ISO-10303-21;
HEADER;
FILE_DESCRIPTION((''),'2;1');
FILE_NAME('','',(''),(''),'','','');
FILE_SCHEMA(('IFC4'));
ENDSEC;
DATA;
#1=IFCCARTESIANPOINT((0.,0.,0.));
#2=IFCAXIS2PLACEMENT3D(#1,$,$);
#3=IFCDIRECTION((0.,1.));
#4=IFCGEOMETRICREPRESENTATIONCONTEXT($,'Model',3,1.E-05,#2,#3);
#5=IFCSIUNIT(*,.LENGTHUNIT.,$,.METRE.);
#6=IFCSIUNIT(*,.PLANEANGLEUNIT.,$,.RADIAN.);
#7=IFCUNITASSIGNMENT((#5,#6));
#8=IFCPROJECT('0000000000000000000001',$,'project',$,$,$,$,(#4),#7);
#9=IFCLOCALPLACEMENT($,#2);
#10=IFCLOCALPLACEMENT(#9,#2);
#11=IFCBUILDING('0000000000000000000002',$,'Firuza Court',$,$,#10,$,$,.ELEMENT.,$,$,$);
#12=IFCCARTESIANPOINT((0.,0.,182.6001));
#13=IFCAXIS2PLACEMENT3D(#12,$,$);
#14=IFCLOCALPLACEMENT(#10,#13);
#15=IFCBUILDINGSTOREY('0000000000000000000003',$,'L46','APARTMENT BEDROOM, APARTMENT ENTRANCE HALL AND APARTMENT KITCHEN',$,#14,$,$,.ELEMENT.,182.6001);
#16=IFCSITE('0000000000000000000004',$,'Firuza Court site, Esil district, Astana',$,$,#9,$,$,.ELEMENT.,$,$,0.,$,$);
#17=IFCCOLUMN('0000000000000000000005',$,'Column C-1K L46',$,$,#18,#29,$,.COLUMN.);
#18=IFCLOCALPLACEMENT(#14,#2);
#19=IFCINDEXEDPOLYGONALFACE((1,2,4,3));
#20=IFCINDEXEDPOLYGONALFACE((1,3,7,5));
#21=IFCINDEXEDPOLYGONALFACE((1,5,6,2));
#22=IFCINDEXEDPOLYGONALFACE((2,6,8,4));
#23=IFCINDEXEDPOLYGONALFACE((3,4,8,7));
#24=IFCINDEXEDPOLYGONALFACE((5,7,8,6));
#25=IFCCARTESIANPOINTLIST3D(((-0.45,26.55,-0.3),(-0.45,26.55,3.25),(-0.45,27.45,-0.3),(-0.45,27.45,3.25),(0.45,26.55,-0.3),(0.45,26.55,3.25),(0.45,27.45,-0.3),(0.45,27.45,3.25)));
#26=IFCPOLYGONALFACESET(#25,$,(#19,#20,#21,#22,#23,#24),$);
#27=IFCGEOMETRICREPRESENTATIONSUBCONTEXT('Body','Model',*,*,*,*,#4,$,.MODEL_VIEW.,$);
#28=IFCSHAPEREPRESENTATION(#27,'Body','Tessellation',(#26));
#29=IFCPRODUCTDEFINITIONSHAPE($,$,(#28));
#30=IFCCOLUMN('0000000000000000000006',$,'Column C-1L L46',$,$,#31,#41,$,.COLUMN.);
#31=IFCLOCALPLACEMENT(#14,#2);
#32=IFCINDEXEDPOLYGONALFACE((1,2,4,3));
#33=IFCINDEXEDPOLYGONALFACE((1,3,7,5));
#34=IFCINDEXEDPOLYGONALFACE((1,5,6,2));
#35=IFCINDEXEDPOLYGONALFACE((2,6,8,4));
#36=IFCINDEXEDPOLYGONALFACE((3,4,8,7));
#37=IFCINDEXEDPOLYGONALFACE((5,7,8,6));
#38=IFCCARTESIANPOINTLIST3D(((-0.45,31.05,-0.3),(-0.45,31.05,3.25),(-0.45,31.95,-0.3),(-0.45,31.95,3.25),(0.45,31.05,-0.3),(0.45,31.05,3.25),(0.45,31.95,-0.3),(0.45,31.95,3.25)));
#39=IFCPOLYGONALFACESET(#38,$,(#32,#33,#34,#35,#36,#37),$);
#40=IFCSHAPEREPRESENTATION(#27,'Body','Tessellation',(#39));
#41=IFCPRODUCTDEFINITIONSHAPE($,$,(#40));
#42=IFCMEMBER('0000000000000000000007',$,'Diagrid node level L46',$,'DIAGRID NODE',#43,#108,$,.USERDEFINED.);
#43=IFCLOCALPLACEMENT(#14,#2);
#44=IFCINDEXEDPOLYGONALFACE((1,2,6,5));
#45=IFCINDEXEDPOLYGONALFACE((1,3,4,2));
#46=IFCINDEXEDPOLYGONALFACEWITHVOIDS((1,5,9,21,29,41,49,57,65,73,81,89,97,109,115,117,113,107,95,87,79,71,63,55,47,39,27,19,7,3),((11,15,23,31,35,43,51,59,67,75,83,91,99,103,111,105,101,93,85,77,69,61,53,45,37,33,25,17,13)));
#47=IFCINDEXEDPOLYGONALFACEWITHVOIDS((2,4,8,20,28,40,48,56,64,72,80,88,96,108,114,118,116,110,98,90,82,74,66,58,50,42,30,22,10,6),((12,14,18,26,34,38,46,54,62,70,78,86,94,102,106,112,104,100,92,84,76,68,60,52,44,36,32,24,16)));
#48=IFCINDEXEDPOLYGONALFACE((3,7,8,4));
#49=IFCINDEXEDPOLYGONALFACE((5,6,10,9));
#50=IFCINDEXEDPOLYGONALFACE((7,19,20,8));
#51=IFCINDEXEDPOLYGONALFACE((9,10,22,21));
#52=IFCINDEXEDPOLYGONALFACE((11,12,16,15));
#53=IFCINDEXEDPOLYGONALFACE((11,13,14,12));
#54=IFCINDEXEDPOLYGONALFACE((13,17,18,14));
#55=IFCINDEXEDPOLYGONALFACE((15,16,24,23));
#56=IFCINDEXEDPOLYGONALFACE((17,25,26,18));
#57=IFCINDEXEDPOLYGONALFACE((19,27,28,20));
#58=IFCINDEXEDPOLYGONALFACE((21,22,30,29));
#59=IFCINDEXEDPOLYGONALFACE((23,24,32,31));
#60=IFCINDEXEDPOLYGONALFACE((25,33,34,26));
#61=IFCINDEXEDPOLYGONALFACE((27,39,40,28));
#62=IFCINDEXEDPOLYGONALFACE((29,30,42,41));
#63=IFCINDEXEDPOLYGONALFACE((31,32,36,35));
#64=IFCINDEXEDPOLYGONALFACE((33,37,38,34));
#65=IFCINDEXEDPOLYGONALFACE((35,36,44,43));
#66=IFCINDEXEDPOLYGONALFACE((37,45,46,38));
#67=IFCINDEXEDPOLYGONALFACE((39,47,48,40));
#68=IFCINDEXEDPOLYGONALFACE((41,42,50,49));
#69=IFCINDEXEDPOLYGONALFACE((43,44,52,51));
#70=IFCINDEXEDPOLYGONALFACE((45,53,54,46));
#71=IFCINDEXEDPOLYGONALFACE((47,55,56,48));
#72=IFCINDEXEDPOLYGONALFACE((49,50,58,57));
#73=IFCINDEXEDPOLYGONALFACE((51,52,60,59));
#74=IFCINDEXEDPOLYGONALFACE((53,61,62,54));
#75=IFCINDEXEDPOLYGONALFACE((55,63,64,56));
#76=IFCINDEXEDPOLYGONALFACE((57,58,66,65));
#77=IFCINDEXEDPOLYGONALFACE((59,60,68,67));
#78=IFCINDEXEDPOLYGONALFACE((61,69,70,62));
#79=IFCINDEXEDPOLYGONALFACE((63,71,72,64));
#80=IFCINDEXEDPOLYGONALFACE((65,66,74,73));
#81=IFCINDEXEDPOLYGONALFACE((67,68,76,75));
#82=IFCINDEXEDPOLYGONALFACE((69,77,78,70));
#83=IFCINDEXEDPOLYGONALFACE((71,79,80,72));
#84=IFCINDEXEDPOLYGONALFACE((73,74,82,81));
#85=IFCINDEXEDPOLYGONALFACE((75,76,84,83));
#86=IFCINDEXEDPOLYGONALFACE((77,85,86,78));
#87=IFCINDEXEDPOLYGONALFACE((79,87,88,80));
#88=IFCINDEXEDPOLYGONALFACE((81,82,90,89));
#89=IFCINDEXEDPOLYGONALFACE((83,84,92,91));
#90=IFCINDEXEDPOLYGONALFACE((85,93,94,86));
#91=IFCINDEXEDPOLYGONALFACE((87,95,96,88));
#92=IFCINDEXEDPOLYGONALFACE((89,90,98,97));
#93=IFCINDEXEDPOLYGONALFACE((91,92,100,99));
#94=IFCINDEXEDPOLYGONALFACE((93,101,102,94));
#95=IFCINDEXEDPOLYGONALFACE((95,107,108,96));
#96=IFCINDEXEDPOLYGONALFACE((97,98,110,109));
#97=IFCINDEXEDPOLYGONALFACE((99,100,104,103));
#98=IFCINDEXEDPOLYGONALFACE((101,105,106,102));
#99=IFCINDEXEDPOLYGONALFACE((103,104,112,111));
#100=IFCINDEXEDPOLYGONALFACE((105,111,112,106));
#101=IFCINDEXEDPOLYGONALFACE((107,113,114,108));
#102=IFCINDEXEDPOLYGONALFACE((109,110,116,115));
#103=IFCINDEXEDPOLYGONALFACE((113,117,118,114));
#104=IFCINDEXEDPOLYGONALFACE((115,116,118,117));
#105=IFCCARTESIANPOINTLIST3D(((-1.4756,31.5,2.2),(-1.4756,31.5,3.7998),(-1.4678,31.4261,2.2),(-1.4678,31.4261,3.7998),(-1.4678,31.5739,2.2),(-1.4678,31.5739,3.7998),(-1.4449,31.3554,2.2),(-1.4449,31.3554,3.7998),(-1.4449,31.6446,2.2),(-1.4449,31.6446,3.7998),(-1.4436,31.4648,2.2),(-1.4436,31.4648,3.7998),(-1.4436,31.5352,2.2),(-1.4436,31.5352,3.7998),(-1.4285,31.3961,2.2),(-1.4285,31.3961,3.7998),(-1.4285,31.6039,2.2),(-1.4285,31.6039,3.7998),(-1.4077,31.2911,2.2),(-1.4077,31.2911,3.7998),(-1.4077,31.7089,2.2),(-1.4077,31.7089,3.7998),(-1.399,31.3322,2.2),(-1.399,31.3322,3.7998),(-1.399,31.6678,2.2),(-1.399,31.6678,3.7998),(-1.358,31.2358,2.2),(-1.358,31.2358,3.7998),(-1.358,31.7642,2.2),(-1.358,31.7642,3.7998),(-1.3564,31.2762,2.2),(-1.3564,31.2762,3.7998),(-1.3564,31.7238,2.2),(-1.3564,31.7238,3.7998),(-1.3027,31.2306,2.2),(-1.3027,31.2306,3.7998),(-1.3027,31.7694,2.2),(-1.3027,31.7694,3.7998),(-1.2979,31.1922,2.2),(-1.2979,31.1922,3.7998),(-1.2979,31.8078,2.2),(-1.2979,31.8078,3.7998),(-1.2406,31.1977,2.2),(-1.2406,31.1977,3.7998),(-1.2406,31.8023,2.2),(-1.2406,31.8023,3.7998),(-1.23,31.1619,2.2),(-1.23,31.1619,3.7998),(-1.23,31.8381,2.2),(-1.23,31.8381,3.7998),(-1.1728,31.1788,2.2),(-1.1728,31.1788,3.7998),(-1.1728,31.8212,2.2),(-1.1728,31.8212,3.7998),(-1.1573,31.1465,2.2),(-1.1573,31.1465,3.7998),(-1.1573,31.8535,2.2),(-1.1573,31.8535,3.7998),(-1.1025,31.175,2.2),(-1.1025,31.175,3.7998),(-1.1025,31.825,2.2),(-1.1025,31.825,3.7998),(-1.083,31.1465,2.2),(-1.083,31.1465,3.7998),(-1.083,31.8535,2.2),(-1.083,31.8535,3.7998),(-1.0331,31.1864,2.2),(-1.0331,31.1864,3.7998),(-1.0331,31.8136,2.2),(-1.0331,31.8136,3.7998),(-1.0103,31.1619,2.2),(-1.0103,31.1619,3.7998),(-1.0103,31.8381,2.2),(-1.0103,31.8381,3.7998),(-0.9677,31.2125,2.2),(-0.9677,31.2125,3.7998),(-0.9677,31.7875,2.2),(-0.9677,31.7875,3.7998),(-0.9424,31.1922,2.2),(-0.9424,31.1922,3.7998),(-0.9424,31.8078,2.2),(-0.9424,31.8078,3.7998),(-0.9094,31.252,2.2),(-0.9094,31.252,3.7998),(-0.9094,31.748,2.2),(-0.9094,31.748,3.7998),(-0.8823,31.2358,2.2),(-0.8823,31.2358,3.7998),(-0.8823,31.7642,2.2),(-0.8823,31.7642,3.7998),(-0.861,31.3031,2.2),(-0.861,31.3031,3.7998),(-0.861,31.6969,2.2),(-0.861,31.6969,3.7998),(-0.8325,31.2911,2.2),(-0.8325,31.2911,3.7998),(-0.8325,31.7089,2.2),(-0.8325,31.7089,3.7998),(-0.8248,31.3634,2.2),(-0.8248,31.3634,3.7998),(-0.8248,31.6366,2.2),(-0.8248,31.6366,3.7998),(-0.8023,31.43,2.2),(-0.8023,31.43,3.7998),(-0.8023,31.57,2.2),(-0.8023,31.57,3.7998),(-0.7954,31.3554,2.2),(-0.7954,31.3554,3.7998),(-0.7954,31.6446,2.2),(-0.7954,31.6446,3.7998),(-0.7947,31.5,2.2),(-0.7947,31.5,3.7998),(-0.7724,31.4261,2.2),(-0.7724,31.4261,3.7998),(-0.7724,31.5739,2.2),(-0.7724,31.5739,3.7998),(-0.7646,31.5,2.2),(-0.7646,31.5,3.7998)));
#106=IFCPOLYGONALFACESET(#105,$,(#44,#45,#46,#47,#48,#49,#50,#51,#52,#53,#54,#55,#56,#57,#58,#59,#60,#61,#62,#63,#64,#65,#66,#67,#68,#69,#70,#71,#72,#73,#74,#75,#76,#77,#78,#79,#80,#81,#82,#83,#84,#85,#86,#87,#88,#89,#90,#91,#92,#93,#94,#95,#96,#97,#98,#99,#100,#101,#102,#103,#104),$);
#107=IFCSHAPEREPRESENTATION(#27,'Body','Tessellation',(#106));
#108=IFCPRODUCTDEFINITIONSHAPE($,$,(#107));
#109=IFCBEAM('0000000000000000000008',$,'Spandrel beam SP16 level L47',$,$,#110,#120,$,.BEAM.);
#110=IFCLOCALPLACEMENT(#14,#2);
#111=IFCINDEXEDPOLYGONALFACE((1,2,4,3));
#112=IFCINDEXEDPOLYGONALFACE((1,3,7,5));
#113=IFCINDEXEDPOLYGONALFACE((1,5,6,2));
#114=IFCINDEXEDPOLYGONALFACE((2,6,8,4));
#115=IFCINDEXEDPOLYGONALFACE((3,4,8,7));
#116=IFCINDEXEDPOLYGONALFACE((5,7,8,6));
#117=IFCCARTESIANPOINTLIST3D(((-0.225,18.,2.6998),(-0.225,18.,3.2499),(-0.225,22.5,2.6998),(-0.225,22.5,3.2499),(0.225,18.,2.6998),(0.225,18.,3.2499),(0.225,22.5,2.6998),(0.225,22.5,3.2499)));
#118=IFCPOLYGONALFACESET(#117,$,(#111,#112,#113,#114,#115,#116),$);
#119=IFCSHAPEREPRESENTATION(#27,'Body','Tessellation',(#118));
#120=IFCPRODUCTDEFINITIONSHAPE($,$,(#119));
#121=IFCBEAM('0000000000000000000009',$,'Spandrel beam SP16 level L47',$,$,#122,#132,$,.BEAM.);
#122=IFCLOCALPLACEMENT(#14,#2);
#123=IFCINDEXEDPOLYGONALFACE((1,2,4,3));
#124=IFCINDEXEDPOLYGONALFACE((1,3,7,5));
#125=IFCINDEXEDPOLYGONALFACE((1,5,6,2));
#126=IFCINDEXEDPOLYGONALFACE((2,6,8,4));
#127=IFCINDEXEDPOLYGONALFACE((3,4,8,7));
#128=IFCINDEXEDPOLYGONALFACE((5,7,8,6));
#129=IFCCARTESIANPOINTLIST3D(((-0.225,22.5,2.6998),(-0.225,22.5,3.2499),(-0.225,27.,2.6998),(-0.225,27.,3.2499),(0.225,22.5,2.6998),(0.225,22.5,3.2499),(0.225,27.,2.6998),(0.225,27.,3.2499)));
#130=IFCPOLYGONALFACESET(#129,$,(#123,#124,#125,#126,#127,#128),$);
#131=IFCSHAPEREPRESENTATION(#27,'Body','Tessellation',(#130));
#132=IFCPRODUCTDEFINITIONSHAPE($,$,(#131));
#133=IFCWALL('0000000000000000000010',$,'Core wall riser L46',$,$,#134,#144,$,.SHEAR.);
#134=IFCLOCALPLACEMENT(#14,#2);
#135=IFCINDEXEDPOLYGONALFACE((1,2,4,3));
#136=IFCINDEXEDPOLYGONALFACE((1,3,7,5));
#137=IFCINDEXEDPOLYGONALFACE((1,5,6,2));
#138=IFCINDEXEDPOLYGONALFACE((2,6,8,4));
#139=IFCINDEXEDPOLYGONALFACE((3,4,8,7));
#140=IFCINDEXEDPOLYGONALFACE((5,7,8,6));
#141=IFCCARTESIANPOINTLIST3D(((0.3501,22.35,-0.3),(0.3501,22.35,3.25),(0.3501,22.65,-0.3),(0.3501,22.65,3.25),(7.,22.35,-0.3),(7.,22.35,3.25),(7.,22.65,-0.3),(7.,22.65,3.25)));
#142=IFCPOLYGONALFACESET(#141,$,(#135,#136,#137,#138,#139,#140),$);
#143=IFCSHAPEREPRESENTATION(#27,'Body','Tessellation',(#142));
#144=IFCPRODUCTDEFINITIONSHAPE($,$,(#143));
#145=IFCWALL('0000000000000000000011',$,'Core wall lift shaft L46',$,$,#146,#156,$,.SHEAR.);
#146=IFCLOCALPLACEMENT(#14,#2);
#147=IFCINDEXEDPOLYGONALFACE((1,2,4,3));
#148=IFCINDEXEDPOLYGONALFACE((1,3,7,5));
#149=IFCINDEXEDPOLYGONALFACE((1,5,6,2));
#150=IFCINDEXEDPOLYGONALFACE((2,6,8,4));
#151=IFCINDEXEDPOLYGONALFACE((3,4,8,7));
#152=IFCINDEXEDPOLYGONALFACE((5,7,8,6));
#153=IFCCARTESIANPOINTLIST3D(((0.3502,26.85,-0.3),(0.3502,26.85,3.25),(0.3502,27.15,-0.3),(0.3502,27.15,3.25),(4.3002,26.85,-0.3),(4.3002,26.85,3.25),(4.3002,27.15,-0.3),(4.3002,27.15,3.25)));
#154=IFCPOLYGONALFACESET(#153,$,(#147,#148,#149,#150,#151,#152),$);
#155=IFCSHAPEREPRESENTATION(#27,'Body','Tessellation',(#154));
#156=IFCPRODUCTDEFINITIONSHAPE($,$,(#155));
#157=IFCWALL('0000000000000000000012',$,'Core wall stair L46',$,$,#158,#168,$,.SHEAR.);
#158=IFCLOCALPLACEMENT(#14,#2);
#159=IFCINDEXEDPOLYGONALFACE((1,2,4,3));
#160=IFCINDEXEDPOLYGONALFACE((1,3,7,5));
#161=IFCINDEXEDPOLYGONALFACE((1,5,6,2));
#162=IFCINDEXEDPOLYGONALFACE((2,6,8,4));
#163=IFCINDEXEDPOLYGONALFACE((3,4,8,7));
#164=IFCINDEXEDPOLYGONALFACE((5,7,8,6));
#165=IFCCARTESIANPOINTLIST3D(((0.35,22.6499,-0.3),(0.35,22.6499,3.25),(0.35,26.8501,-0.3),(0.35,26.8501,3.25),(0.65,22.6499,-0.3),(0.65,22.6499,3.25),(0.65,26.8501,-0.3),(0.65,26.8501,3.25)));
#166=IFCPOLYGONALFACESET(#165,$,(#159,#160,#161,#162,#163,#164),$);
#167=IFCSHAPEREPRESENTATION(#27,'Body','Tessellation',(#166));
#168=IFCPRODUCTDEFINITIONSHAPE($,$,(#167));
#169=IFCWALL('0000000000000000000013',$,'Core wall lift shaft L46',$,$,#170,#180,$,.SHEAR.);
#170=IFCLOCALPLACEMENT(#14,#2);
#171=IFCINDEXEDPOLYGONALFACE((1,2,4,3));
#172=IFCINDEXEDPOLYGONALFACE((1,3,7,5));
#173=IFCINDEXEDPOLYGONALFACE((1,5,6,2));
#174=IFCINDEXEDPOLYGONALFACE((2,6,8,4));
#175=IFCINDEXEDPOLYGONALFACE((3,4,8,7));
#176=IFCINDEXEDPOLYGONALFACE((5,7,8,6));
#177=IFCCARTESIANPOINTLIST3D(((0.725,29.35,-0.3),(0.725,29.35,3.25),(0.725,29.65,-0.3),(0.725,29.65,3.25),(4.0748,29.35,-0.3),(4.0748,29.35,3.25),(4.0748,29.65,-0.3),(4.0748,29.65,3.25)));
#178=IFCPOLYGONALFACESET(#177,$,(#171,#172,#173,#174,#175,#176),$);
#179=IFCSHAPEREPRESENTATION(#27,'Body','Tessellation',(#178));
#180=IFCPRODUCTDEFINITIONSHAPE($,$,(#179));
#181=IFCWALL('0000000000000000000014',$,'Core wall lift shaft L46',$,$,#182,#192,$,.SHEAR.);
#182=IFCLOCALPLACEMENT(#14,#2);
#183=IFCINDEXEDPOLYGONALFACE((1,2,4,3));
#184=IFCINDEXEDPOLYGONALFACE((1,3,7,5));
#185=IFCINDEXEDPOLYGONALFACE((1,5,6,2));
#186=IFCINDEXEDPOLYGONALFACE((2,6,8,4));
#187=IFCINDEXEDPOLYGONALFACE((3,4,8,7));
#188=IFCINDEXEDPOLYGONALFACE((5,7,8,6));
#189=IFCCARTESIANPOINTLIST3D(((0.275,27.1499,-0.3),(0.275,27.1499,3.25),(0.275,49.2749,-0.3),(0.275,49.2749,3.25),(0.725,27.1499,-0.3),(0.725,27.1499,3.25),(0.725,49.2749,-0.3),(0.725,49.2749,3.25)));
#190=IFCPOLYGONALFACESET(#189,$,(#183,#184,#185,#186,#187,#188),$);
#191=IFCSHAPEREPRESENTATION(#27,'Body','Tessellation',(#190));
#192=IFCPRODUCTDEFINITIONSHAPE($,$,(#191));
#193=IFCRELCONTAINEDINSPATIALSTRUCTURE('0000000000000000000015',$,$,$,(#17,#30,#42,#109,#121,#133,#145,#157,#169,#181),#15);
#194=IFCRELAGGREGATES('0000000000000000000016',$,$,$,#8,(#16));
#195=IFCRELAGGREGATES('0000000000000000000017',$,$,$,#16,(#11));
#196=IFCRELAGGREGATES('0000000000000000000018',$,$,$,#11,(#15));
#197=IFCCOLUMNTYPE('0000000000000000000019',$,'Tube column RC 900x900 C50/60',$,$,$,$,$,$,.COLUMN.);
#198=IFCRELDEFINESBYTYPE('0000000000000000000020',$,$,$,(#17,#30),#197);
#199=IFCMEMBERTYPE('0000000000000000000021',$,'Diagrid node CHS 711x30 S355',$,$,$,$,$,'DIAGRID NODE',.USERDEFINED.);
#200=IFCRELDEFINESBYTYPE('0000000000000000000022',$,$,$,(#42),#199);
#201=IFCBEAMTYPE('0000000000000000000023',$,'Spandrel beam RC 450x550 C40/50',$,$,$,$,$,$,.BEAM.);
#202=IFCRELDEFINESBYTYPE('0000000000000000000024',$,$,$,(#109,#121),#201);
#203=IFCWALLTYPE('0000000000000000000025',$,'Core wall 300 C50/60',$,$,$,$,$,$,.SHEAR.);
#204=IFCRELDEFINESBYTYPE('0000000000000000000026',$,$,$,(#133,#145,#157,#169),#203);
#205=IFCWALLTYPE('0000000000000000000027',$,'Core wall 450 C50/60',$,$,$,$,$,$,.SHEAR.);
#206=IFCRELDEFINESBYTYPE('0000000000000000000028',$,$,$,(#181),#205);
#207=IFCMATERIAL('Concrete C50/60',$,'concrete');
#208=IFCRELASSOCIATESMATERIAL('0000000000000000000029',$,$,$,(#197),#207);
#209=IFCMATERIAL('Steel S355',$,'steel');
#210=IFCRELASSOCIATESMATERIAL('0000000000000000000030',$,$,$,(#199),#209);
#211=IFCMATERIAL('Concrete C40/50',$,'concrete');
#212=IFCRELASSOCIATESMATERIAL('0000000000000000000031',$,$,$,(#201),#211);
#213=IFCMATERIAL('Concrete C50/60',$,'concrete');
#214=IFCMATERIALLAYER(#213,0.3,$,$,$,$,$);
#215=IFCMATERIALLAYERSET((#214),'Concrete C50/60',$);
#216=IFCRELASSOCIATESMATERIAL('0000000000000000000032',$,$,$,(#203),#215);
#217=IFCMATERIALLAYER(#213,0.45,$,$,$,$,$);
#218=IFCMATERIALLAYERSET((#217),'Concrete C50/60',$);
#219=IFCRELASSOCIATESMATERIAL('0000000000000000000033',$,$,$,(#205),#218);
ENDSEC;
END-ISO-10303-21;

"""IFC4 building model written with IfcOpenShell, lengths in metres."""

from ifc_helpers import new_model, si_unit, direction, frame, frame_2d, origin, origin_2d, place, context, subcontext, project, spatial, rectangle, hollow_circle, extrude, material, layer, layer_set, material_profile, profile_set, type_object, element, save


model = new_model("IFC4")

# Units and contexts
model_context = context("Model", 3, precision=1e-05, world=origin(), true_north=direction((0.0, 1.0)))
body_context = subcontext(model_context, "Body", "Model", "MODEL_VIEW")
ifc_project = project(units=[si_unit("LENGTHUNIT", "METRE"), si_unit("PLANEANGLEUNIT", "RADIAN")], contexts=[model_context])

# Site, building, storey
site_placement = place(None, origin())
site = spatial("IfcSite", under=ifc_project, at=site_placement, Name="Firuza Court site, Esil district, Astana", CompositionType="ELEMENT", RefElevation=0.0)
building_placement = place(site_placement, origin())
building = spatial("IfcBuilding", under=site, at=building_placement, Name="Firuza Court", CompositionType="ELEMENT")
storey_placement = place(building_placement, frame((0.0, 0.0, 182.6001)))
storey = spatial("IfcBuildingStorey", under=building, at=storey_placement, Name="L46", Description="APARTMENT BEDROOM, APARTMENT ENTRANCE HALL AND APARTMENT KITCHEN", CompositionType="ELEMENT", Elevation=182.6001)

# Columns
ifc_material_1 = material(Name="Concrete C50/60", Category="concrete")
ifc_material_profile_1 = material_profile(ifc_material_1, rectangle(XDim=0.8999, YDim=0.8999, at=origin_2d()), Name="RC 900x900")
ifc_profile_set_1 = profile_set([ifc_material_profile_1], Name="Concrete C50/60")
column_type = type_object("IfcColumnType", Name="Tube column RC 900x900 C50/60", PredefinedType="COLUMN", material=ifc_profile_set_1)
for number, where, z_axis, x_axis, name in (
    (1, (0.0, 27.0, -0.3), (0.0, 0.0, 1.0), (1.0, 0.0, 0.0), "Column C-1K L46"),
    (2, (0.0, 31.5, -0.3), (0.0, 0.0, 1.0), (1.0, 0.0, 0.0), "Column C-1L L46"),
):
    element("IfcColumn", number, at=place(storey_placement, frame(where, z_axis=z_axis, x_axis=x_axis)), inside=storey, type_object=column_type, Name=name, PredefinedType="COLUMN", context=body_context, shape_type="SweptSolid", body=[
        extrude(rectangle(XDim=0.8999, YDim=0.8999, at=origin_2d()), origin(), (0.0, 0.0, 1.0), 3.55),
    ])

# Member
ifc_material_2 = material(Name="Steel S355", Category="steel")
ifc_material_profile_2 = material_profile(ifc_material_2, hollow_circle(Radius=0.3555, WallThickness=0.03, at=origin_2d()), Name="CHS 711x30")
ifc_profile_set_2 = profile_set([ifc_material_profile_2], Name="Steel S355")
member_type = type_object("IfcMemberType", Name="Diagrid node CHS 711x30 S355", ElementType="DIAGRID NODE", PredefinedType="USERDEFINED", material=ifc_profile_set_2)
member_placement = place(storey_placement, frame((-1.1201, 31.5, 2.2), z_axis=(0.0, 0.0, 1.0), x_axis=(1.0, 0.0, 0.0)))
element("IfcMember", 3, at=member_placement, inside=storey, type_object=member_type, Name="Diagrid node level L46", ObjectType="DIAGRID NODE", PredefinedType="USERDEFINED", context=body_context, shape_type="SweptSolid", body=[
    extrude(hollow_circle(Radius=0.3555, WallThickness=0.03, at=origin_2d()), origin(), (0.0, 0.0, 1.0), 1.5999),
])

# Beams
ifc_material_3 = material(Name="Concrete C40/50", Category="concrete")
ifc_material_profile_3 = material_profile(ifc_material_3, rectangle(XDim=0.45, YDim=0.55, at=origin_2d()), Name="RC 450x550")
ifc_profile_set_3 = profile_set([ifc_material_profile_3], Name="Concrete C40/50")
beam_type = type_object("IfcBeamType", Name="Spandrel beam RC 450x550 C40/50", PredefinedType="BEAM", material=ifc_profile_set_3)
for number, where, z_axis, x_axis, name in (
    (4, (0.0, 22.5, 2.9749), (0.0, -1.0, 0.0), (1.0, 0.0, 0.0), "Spandrel beam SP16 level L47"),
    (5, (0.0, 27.0, 2.9749), (0.0, -1.0, 0.0), (1.0, 0.0, 0.0), "Spandrel beam SP16 level L47"),
):
    element("IfcBeam", number, at=place(storey_placement, frame(where, z_axis=z_axis, x_axis=x_axis)), inside=storey, type_object=beam_type, Name=name, PredefinedType="BEAM", context=body_context, shape_type="SweptSolid", body=[
        extrude(rectangle(XDim=0.45, YDim=0.55, at=origin_2d()), origin(), (0.0, 0.0, 1.0), 4.5),
    ])

# Walls
ifc_material_4 = material(Name="Concrete C50/60", Category="concrete")
ifc_layer_1 = layer(ifc_material_4, 0.3)
ifc_layer_set_1 = layer_set([ifc_layer_1], Name="Concrete C50/60")
wall_type_1 = type_object("IfcWallType", Name="Core wall 300 C50/60", PredefinedType="SHEAR", material=ifc_layer_set_1)
wall_1_placement = place(storey_placement, frame((0.3501, 22.5, -0.3), z_axis=(0.0, 0.0, 1.0), x_axis=(1.0, 0.0, 0.0)))
element("IfcWall", 6, at=wall_1_placement, inside=storey, type_object=wall_type_1, Name="Core wall riser L46", PredefinedType="SHEAR", context=body_context, shape_type="SweptSolid", body=[
    extrude(rectangle(XDim=6.6499, YDim=0.3, at=frame_2d((3.325, 0.0))), origin(), (0.0, 0.0, 1.0), 3.55),
])
wall_2_placement = place(storey_placement, frame((0.3501, 27.0, -0.3), z_axis=(0.0, 0.0, 1.0), x_axis=(1.0, 0.0, 0.0)))
element("IfcWall", 7, at=wall_2_placement, inside=storey, type_object=wall_type_1, Name="Core wall lift shaft L46", PredefinedType="SHEAR", context=body_context, shape_type="SweptSolid", body=[
    extrude(rectangle(XDim=3.95, YDim=0.3, at=frame_2d((1.9751, 0.0))), origin(), (0.0, 0.0, 1.0), 3.55),
])
wall_3_placement = place(storey_placement, frame((0.5, 22.6499, -0.3), z_axis=(0.0, 0.0, 1.0), x_axis=(0.0, 1.0, 0.0)))
element("IfcWall", 8, at=wall_3_placement, inside=storey, type_object=wall_type_1, Name="Core wall stair L46", PredefinedType="SHEAR", context=body_context, shape_type="SweptSolid", body=[
    extrude(rectangle(XDim=4.2002, YDim=0.3, at=frame_2d((2.1001, 0.0))), origin(), (0.0, 0.0, 1.0), 3.55),
])
wall_4_placement = place(storey_placement, frame((0.7251, 29.5, -0.3), z_axis=(0.0, 0.0, 1.0), x_axis=(1.0, 0.0, 0.0)))
element("IfcWall", 9, at=wall_4_placement, inside=storey, type_object=wall_type_1, Name="Core wall lift shaft L46", PredefinedType="SHEAR", context=body_context, shape_type="SweptSolid", body=[
    extrude(rectangle(XDim=3.3499, YDim=0.3, at=frame_2d((1.6748, 0.0))), origin(), (0.0, 0.0, 1.0), 3.55),
])
ifc_layer_2 = layer(ifc_material_4, 0.45)
ifc_layer_set_2 = layer_set([ifc_layer_2], Name="Concrete C50/60")
wall_type_2 = type_object("IfcWallType", Name="Core wall 450 C50/60", PredefinedType="SHEAR", material=ifc_layer_set_2)
wall_5_placement = place(storey_placement, frame((0.5, 27.1499, -0.3), z_axis=(0.0, 0.0, 1.0), x_axis=(0.0, 1.0, 0.0)))
element("IfcWall", 10, at=wall_5_placement, inside=storey, type_object=wall_type_2, Name="Core wall lift shaft L46", PredefinedType="SHEAR", context=body_context, shape_type="SweptSolid", body=[
    extrude(rectangle(XDim=22.125, YDim=0.45, at=frame_2d((11.0625, 0.0))), origin(), (0.0, 0.0, 1.0), 3.55),
])

save(model, "model.ifc")
